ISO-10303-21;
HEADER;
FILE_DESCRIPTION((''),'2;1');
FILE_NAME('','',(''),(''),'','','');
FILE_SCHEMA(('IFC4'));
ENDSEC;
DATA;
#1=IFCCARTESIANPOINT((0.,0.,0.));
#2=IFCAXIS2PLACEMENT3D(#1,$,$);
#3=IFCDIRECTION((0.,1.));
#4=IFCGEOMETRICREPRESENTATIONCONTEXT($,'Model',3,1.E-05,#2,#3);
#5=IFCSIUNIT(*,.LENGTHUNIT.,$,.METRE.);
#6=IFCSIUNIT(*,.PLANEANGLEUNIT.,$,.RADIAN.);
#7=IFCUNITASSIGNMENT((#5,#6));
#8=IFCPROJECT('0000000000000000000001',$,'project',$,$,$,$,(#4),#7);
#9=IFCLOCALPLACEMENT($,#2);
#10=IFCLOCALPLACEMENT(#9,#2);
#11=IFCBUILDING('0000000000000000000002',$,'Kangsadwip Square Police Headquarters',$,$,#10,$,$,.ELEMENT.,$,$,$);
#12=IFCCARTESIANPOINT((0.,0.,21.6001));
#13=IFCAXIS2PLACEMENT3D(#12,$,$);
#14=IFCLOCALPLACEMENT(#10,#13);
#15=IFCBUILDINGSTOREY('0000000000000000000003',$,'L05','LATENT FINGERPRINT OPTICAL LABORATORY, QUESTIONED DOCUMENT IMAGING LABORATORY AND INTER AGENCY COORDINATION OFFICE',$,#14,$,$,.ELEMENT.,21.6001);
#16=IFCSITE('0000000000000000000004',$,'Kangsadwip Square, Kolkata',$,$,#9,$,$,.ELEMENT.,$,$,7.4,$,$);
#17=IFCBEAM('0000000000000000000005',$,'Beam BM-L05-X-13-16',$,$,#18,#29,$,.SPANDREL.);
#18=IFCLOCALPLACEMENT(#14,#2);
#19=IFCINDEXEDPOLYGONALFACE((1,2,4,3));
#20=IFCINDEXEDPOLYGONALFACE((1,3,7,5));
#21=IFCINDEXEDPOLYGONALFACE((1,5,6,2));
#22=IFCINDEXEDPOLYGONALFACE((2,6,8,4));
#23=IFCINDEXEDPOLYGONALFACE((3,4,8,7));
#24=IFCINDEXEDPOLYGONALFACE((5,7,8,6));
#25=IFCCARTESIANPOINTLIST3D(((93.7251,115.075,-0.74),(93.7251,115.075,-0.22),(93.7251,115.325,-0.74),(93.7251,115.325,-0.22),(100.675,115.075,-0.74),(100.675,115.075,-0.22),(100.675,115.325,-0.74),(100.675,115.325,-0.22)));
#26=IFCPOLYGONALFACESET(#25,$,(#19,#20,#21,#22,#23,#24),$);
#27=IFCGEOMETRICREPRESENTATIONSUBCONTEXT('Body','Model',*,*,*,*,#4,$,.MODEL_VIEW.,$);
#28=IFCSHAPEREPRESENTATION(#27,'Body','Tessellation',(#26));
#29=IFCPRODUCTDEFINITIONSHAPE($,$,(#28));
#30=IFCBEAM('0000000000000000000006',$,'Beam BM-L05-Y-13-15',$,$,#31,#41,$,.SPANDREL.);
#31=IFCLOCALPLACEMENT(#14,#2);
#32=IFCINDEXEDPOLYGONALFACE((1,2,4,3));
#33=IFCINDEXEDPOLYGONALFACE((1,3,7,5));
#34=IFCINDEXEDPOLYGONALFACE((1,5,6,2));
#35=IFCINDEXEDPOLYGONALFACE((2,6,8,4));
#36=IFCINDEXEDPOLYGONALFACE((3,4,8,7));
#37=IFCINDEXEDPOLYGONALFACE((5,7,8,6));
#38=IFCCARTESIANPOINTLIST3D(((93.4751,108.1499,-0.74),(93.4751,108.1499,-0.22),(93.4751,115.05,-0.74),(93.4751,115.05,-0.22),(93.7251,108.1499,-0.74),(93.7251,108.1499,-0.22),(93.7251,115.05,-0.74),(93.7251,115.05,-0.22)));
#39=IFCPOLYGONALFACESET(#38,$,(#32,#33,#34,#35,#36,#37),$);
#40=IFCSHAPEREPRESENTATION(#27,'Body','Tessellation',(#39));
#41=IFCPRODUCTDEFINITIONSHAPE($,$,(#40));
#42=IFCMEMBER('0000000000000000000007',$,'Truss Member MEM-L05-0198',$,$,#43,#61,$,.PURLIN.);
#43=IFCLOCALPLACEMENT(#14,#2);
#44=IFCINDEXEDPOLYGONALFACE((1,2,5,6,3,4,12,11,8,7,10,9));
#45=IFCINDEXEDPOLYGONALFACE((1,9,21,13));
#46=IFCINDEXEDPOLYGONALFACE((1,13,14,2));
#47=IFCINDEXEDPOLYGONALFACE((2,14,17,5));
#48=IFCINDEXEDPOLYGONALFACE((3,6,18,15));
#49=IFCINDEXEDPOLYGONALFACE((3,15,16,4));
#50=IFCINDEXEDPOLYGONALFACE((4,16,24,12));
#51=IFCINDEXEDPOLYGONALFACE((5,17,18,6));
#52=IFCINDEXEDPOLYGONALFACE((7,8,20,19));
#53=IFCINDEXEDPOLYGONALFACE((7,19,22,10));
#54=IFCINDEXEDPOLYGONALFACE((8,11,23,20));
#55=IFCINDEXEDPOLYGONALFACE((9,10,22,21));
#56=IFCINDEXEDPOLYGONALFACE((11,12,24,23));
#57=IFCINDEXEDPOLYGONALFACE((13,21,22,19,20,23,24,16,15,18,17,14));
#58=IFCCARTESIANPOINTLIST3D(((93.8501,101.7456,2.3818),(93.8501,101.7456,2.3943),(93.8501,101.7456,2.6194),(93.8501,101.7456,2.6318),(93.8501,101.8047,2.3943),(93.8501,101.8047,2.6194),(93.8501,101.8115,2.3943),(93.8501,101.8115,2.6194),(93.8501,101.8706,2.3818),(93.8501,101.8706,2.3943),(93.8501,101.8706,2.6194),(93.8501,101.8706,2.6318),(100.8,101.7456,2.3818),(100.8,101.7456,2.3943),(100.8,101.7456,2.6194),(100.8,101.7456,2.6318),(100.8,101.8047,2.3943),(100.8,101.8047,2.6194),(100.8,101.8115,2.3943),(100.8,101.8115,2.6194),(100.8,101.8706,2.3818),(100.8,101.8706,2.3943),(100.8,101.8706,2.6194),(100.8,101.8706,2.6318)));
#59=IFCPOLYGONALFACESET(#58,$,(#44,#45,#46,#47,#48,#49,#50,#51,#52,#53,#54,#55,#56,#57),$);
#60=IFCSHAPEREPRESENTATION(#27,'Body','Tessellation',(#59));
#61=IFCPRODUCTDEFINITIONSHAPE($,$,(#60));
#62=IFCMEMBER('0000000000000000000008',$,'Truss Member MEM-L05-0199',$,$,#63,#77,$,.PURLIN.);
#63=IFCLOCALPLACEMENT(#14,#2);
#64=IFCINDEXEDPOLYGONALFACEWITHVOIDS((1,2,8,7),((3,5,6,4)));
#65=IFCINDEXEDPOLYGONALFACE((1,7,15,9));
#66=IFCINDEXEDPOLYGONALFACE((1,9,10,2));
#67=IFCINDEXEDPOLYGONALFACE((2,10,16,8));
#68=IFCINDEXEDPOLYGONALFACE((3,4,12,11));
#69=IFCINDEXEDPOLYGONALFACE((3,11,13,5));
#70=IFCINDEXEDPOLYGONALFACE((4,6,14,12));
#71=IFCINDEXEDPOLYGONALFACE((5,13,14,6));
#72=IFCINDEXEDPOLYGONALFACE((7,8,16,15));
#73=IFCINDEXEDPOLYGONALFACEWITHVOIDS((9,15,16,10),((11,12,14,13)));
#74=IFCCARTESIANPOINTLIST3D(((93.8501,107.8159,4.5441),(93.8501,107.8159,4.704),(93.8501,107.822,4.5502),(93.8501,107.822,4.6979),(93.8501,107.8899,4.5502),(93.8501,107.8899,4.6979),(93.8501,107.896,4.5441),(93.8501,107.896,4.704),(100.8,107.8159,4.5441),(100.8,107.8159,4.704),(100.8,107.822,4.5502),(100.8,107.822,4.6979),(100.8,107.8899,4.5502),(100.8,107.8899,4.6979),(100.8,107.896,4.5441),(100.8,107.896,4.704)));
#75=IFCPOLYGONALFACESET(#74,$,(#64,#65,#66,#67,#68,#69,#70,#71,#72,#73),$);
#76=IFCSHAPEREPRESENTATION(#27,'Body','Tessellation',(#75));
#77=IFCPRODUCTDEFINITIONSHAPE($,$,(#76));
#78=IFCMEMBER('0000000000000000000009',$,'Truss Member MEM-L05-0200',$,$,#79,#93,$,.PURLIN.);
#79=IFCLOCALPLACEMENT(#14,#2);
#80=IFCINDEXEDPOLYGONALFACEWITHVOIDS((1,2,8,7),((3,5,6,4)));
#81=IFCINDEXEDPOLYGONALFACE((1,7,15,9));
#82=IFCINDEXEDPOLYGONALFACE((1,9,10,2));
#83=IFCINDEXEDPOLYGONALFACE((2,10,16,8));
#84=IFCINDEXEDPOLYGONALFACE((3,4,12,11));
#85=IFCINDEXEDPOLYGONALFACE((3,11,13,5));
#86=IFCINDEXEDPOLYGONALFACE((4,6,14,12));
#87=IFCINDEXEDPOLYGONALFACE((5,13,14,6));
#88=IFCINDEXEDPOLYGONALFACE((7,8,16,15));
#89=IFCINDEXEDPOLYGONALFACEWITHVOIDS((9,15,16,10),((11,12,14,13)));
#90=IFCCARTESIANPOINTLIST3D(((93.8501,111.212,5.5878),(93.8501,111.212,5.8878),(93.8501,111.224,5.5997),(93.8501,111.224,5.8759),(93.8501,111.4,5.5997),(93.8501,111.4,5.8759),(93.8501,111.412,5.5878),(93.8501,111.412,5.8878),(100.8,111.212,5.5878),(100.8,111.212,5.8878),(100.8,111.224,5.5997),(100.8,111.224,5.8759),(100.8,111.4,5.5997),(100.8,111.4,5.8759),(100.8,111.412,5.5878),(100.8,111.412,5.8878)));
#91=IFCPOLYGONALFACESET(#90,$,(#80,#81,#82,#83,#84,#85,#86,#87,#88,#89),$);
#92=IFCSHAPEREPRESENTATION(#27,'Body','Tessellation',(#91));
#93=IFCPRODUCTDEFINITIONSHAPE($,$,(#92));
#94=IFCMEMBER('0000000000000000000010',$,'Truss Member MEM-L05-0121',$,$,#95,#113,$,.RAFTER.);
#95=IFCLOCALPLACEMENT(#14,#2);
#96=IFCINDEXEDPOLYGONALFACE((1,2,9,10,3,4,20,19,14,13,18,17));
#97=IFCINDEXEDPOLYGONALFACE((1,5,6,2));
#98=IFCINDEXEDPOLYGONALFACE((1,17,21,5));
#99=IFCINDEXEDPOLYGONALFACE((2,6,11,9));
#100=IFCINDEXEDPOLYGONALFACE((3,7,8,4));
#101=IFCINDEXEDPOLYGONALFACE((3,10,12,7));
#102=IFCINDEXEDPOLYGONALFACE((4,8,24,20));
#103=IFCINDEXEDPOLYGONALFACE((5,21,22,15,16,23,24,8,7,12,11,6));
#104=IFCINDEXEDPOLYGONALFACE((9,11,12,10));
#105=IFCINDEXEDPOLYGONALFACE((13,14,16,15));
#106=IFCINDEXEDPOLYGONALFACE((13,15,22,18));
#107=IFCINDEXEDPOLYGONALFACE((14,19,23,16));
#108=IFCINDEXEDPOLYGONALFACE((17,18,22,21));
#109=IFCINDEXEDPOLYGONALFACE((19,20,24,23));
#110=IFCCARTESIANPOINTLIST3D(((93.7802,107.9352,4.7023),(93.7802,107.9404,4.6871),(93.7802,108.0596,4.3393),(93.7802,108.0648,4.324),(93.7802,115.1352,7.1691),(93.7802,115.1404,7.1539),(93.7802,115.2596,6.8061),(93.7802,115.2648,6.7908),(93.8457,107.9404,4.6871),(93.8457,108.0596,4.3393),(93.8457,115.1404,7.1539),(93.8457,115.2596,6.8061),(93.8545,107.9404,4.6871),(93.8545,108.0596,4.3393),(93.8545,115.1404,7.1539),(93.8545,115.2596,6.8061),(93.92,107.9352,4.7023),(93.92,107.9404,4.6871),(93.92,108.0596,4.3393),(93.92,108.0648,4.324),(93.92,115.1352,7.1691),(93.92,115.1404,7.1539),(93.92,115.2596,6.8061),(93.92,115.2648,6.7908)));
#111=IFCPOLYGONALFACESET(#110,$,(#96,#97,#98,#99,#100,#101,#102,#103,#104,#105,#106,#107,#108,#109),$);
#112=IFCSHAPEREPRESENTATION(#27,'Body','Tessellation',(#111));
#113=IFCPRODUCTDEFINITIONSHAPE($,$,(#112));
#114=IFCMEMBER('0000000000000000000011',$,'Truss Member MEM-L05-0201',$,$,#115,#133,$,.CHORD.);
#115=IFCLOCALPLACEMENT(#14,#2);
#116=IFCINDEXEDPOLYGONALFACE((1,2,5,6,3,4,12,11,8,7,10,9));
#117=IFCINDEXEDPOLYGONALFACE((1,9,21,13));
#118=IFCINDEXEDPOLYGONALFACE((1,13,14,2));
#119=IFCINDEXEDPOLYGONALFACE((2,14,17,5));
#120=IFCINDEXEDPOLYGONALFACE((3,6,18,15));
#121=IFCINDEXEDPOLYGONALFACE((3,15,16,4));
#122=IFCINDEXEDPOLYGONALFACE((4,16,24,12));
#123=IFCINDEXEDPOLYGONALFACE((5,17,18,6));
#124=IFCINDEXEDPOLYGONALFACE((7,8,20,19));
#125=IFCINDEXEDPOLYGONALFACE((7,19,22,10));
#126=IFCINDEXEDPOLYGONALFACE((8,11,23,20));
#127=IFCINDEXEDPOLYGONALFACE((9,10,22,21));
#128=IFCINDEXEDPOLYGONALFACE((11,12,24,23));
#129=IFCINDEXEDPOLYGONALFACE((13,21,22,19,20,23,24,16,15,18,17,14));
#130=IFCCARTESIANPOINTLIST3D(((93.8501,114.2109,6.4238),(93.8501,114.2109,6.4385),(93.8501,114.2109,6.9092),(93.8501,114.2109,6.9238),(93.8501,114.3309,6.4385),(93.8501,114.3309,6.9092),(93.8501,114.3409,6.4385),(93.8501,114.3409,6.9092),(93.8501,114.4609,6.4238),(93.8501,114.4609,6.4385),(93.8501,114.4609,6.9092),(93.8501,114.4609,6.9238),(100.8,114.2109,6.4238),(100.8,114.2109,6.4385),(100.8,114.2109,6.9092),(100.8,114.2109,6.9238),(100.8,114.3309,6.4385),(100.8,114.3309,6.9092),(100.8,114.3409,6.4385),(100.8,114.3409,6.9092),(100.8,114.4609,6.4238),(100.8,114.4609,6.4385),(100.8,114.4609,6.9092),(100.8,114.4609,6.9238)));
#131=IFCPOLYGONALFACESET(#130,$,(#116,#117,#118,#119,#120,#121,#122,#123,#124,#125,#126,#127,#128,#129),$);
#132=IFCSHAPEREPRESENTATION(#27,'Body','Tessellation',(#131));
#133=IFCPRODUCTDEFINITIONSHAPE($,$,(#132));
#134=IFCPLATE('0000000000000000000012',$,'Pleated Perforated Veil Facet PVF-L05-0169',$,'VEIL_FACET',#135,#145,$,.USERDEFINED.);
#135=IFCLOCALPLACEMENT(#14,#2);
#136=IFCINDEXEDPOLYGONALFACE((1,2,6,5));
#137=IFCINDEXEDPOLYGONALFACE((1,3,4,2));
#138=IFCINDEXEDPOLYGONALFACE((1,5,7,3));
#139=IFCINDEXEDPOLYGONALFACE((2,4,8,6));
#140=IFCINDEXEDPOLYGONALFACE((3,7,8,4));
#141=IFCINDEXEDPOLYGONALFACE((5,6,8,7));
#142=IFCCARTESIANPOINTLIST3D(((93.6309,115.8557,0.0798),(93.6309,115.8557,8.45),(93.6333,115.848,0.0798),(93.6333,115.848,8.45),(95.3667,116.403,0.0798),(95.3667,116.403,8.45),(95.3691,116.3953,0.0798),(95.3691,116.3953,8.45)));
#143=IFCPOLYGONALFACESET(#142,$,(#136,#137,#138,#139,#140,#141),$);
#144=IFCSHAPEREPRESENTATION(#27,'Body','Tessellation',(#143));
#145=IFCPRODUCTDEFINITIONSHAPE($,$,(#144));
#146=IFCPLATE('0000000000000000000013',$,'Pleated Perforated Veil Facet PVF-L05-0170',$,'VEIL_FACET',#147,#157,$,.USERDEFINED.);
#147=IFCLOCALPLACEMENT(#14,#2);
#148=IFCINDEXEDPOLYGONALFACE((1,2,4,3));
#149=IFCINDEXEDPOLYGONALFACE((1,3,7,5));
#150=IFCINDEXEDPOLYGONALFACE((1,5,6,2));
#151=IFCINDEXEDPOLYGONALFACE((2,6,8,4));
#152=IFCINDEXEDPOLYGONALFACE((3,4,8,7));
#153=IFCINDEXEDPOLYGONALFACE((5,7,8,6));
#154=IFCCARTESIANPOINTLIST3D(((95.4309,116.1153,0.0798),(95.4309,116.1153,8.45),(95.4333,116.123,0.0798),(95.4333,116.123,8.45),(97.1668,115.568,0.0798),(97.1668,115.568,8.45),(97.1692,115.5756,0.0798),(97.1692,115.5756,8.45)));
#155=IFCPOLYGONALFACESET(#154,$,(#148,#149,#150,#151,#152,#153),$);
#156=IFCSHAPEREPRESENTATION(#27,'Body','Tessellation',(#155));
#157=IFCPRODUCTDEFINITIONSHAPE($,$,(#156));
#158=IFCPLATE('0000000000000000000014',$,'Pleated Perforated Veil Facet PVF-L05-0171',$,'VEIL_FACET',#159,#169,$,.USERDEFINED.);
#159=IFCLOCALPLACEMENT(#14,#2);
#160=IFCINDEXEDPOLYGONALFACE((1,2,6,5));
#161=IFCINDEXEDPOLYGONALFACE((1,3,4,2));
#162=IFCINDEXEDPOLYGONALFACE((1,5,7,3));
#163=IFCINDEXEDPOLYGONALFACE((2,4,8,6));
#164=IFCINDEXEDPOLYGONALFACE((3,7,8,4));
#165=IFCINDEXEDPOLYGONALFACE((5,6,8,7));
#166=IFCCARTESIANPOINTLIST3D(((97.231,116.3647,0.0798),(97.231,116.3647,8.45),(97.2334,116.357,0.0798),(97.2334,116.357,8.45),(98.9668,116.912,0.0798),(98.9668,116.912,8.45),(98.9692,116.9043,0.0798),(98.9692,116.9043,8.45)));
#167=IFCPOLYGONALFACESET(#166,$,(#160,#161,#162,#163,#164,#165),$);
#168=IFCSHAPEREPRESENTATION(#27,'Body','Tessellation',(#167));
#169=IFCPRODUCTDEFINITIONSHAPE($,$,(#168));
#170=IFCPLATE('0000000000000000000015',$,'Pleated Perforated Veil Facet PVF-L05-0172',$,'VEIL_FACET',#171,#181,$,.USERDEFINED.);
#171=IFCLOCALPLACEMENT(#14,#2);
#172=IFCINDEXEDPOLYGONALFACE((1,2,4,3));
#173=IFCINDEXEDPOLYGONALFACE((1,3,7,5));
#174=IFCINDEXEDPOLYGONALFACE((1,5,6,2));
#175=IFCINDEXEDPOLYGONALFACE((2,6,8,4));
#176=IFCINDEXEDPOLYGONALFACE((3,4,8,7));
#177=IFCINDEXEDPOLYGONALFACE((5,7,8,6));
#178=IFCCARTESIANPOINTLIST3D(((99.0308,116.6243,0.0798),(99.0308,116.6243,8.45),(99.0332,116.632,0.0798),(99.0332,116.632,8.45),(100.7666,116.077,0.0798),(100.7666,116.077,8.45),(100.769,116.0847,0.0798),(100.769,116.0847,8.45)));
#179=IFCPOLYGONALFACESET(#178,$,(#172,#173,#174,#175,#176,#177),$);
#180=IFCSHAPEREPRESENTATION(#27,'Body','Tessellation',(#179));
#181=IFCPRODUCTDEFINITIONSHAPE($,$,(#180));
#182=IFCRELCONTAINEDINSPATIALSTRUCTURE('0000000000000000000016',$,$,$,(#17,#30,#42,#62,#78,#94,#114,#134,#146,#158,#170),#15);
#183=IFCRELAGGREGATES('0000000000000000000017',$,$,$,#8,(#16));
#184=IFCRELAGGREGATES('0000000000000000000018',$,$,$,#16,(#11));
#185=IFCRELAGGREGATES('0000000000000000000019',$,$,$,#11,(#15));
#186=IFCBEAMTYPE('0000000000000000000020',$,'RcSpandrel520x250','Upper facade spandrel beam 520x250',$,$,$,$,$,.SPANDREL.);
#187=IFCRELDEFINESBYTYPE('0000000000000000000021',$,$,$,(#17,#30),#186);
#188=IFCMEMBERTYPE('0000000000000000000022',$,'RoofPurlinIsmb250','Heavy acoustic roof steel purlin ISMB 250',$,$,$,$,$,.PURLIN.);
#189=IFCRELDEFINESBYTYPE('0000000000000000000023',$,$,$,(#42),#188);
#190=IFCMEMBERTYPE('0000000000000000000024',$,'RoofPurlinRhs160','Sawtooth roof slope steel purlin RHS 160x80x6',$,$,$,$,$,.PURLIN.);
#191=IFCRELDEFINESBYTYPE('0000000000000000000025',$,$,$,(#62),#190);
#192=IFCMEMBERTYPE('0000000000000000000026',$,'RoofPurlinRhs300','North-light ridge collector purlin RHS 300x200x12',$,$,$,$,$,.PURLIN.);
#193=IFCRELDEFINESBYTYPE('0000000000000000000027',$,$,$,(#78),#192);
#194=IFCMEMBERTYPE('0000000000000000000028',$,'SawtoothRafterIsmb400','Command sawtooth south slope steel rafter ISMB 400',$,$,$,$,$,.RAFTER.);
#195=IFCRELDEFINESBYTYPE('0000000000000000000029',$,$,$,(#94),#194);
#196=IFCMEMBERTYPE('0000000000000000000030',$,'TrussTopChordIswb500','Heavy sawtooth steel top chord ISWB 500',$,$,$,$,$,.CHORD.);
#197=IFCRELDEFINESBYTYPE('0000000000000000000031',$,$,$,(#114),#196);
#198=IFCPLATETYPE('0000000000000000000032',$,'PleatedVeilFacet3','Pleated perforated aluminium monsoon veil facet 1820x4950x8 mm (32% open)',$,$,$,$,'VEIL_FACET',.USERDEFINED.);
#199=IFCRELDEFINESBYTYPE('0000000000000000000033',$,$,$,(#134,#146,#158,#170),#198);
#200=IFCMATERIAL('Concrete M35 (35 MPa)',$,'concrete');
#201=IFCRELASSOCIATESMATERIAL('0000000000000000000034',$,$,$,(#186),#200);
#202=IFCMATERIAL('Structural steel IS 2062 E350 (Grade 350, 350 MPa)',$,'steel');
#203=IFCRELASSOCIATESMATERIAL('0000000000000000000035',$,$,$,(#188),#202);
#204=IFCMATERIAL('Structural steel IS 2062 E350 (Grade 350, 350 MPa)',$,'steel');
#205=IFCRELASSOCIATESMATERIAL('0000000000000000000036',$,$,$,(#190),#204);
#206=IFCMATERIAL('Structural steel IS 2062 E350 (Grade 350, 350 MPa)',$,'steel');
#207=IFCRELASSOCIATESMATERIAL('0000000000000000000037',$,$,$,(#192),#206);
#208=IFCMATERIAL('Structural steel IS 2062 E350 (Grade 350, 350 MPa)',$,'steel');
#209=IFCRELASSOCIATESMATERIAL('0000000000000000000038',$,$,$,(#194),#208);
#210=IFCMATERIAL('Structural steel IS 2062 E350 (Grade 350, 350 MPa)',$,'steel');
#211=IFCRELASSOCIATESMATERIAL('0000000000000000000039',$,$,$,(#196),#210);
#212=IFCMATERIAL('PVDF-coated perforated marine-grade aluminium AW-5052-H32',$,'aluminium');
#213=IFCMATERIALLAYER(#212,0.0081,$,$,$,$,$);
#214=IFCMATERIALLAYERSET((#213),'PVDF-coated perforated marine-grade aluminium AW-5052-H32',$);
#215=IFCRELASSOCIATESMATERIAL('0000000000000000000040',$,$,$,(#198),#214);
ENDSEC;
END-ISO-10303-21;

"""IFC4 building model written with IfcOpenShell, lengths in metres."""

from ifc_helpers import new_model, si_unit, direction, frame, origin, origin_2d, place, context, subcontext, project, spatial, rectangle, hollow_rectangle, i_section, extrude, material, layer, layer_set, material_profile, profile_set, type_object, element, save


model = new_model("IFC4")

# Units and contexts
model_context = context("Model", 3, precision=1e-05, world=origin(), true_north=direction((0.0, 1.0)))
body_context = subcontext(model_context, "Body", "Model", "MODEL_VIEW")
ifc_project = project(units=[si_unit("LENGTHUNIT", "METRE"), si_unit("PLANEANGLEUNIT", "RADIAN")], contexts=[model_context])

# Site, building, storey
site_placement = place(None, origin())
site = spatial("IfcSite", under=ifc_project, at=site_placement, Name="Kangsadwip Square, Kolkata", CompositionType="ELEMENT", RefElevation=7.4)
building_placement = place(site_placement, origin())
building = spatial("IfcBuilding", under=site, at=building_placement, Name="Kangsadwip Square Police Headquarters", CompositionType="ELEMENT")
storey_placement = place(building_placement, frame((0.0, 0.0, 21.6001)))
storey = spatial("IfcBuildingStorey", under=building, at=storey_placement, Name="L05", Description="LATENT FINGERPRINT OPTICAL LABORATORY, QUESTIONED DOCUMENT IMAGING LABORATORY AND INTER AGENCY COORDINATION OFFICE", CompositionType="ELEMENT", Elevation=21.6001)

# Beams
ifc_material_1 = material(Name="Concrete M35 (35 MPa)", Category="concrete")
ifc_material_profile_1 = material_profile(ifc_material_1, rectangle(XDim=0.25, YDim=0.52, at=origin_2d()), Name="RC SPN 520X250")
ifc_profile_set_1 = profile_set([ifc_material_profile_1], Name="Concrete M35 (35 MPa)")
beam_type = type_object("IfcBeamType", Name="RcSpandrel520x250", Description="Upper facade spandrel beam 520x250", PredefinedType="SPANDREL", material=ifc_profile_set_1)
beam_1_placement = place(storey_placement, frame((93.7251, 115.2, -0.48), z_axis=(1.0, 0.0, 0.0), x_axis=(0.0, 1.0, 0.0)))
element("IfcBeam", 1, at=beam_1_placement, inside=storey, type_object=beam_type, Name="Beam BM-L05-X-13-16", PredefinedType="SPANDREL", context=body_context, shape_type="SweptSolid", body=[
    extrude(rectangle(XDim=0.25, YDim=0.52, at=origin_2d()), origin(), (0.0, 0.0, 1.0), 6.95),
])
beam_2_placement = place(storey_placement, frame((93.6001, 108.1499, -0.48), z_axis=(0.0, 1.0, 0.0), x_axis=(-1.0, 0.0, 0.0)))
element("IfcBeam", 2, at=beam_2_placement, inside=storey, type_object=beam_type, Name="Beam BM-L05-Y-13-15", PredefinedType="SPANDREL", context=body_context, shape_type="SweptSolid", body=[
    extrude(rectangle(XDim=0.25, YDim=0.52, at=origin_2d()), origin(), (0.0, 0.0, 1.0), 6.9001),
])

# Members
ifc_material_2 = material(Name="Structural steel IS 2062 E350 (Grade 350, 350 MPa)", Category="steel")
ifc_material_profile_2 = material_profile(ifc_material_2, i_section(OverallWidth=0.125, OverallDepth=0.25, WebThickness=0.0068, FlangeThickness=0.0125, at=origin_2d()), Name="ISMB 250")
ifc_profile_set_2 = profile_set([ifc_material_profile_2], Name="Structural steel IS 2062 E350 (Grade 350, 350 MPa)")
member_type_1 = type_object("IfcMemberType", Name="RoofPurlinIsmb250", Description="Heavy acoustic roof steel purlin ISMB 250", PredefinedType="PURLIN", material=ifc_profile_set_2)
member_1_placement = place(storey_placement, frame((93.8501, 101.8081, 2.5068), z_axis=(1.0, 0.0, 0.0), x_axis=(0.0, 1.0, 0.0)))
element("IfcMember", 3, at=member_1_placement, inside=storey, type_object=member_type_1, Name="Truss Member MEM-L05-0198", PredefinedType="PURLIN", context=body_context, shape_type="SweptSolid", body=[
    extrude(i_section(OverallWidth=0.125, OverallDepth=0.25, WebThickness=0.0068, FlangeThickness=0.0125, at=origin_2d()), origin(), (0.0, 0.0, 1.0), 6.95),
])
ifc_material_3 = material(Name="Structural steel IS 2062 E350 (Grade 350, 350 MPa)", Category="steel")
ifc_material_profile_3 = material_profile(ifc_material_3, hollow_rectangle(XDim=0.0801, YDim=0.1599, WallThickness=0.0061, at=origin_2d()), Name="RHS 160X80X6")
ifc_profile_set_3 = profile_set([ifc_material_profile_3], Name="Structural steel IS 2062 E350 (Grade 350, 350 MPa)")
member_type_2 = type_object("IfcMemberType", Name="RoofPurlinRhs160", Description="Sawtooth roof slope steel purlin RHS 160x80x6", PredefinedType="PURLIN", material=ifc_profile_set_3)
member_2_placement = place(storey_placement, frame((93.8501, 107.856, 4.624), z_axis=(1.0, 0.0, 0.0), x_axis=(0.0, 1.0, 0.0)))
element("IfcMember", 4, at=member_2_placement, inside=storey, type_object=member_type_2, Name="Truss Member MEM-L05-0199", PredefinedType="PURLIN", context=body_context, shape_type="SweptSolid", body=[
    extrude(hollow_rectangle(XDim=0.0801, YDim=0.1599, WallThickness=0.0061, at=origin_2d()), origin(), (0.0, 0.0, 1.0), 6.95),
])
ifc_material_4 = material(Name="Structural steel IS 2062 E350 (Grade 350, 350 MPa)", Category="steel")
ifc_material_profile_4 = material_profile(ifc_material_4, hollow_rectangle(XDim=0.2, YDim=0.3, WallThickness=0.012, at=origin_2d()), Name="RHS 300X200X12")
ifc_profile_set_4 = profile_set([ifc_material_profile_4], Name="Structural steel IS 2062 E350 (Grade 350, 350 MPa)")
member_type_3 = type_object("IfcMemberType", Name="RoofPurlinRhs300", Description="North-light ridge collector purlin RHS 300x200x12", PredefinedType="PURLIN", material=ifc_profile_set_4)
member_3_placement = place(storey_placement, frame((93.8501, 111.312, 5.7378), z_axis=(1.0, 0.0, 0.0), x_axis=(0.0, 1.0, 0.0)))
element("IfcMember", 5, at=member_3_placement, inside=storey, type_object=member_type_3, Name="Truss Member MEM-L05-0200", PredefinedType="PURLIN", context=body_context, shape_type="SweptSolid", body=[
    extrude(hollow_rectangle(XDim=0.2, YDim=0.3, WallThickness=0.012, at=origin_2d()), origin(), (0.0, 0.0, 1.0), 6.95),
])
ifc_material_5 = material(Name="Structural steel IS 2062 E350 (Grade 350, 350 MPa)", Category="steel")
ifc_material_profile_5 = material_profile(ifc_material_5, i_section(OverallWidth=0.1399, OverallDepth=0.3999, WebThickness=0.0088, FlangeThickness=0.0161, at=origin_2d()), Name="ISMB 400")
ifc_profile_set_5 = profile_set([ifc_material_profile_5], Name="Structural steel IS 2062 E350 (Grade 350, 350 MPa)")
member_type_4 = type_object("IfcMemberType", Name="SawtoothRafterIsmb400", Description="Command sawtooth south slope steel rafter ISMB 400", PredefinedType="RAFTER", material=ifc_profile_set_5)
member_4_placement = place(storey_placement, frame((93.8501, 108.0, 4.5132), z_axis=(0.0, 0.946017, 0.324118), x_axis=(-1.0, 0.0, 0.0)))
element("IfcMember", 6, at=member_4_placement, inside=storey, type_object=member_type_4, Name="Truss Member MEM-L05-0121", PredefinedType="RAFTER", context=body_context, shape_type="SweptSolid", body=[
    extrude(i_section(OverallWidth=0.1399, OverallDepth=0.3999, WebThickness=0.0088, FlangeThickness=0.0161, at=origin_2d()), origin(), (0.0, 0.0, 1.0), 7.6108),
])
ifc_material_6 = material(Name="Structural steel IS 2062 E350 (Grade 350, 350 MPa)", Category="steel")
ifc_material_profile_6 = material_profile(ifc_material_6, i_section(OverallWidth=0.25, OverallDepth=0.5, WebThickness=0.01, FlangeThickness=0.0146, at=origin_2d()), Name="ISWB 500")
ifc_profile_set_6 = profile_set([ifc_material_profile_6], Name="Structural steel IS 2062 E350 (Grade 350, 350 MPa)")
member_type_5 = type_object("IfcMemberType", Name="TrussTopChordIswb500", Description="Heavy sawtooth steel top chord ISWB 500", PredefinedType="CHORD", material=ifc_profile_set_6)
member_5_placement = place(storey_placement, frame((93.8501, 114.3359, 6.6738), z_axis=(1.0, 0.0, 0.0), x_axis=(0.0, 1.0, 0.0)))
element("IfcMember", 7, at=member_5_placement, inside=storey, type_object=member_type_5, Name="Truss Member MEM-L05-0201", PredefinedType="CHORD", context=body_context, shape_type="SweptSolid", body=[
    extrude(i_section(OverallWidth=0.25, OverallDepth=0.5, WebThickness=0.01, FlangeThickness=0.0146, at=origin_2d()), origin(), (0.0, 0.0, 1.0), 6.95),
])

# Plates
ifc_material_7 = material(Name="PVDF-coated perforated marine-grade aluminium AW-5052-H32", Category="aluminium")
ifc_layer_1 = layer(ifc_material_7, 0.0081)
ifc_layer_set_1 = layer_set([ifc_layer_1], Name="PVDF-coated perforated marine-grade aluminium AW-5052-H32")
plate_type_1 = type_object("IfcPlateType", Name="PleatedVeilFacet3", Description="Pleated perforated aluminium monsoon veil facet 1820x4950x8 mm (32% open)", ElementType="VEIL_FACET", PredefinedType="USERDEFINED", material=ifc_layer_set_1)
for number, where, z_axis, x_axis, name in (
    (8, (94.5, 116.1255, 0.0798), (0.0, 0.0, 1.0), (0.953717, 0.300706, 0.0), "Pleated Perforated Veil Facet PVF-L05-0169"),
    (9, (96.3, 115.8455, 0.0798), (0.0, 0.0, 1.0), (0.953717, -0.300706, 0.0), "Pleated Perforated Veil Facet PVF-L05-0170"),
    (10, (98.1001, 116.6345, 0.0798), (0.0, 0.0, 1.0), (0.953717, 0.300706, 0.0), "Pleated Perforated Veil Facet PVF-L05-0171"),
    (11, (99.8999, 116.3545, 0.0798), (0.0, 0.0, 1.0), (0.953717, -0.300706, 0.0), "Pleated Perforated Veil Facet PVF-L05-0172"),
):
    element("IfcPlate", number, at=place(storey_placement, frame(where, z_axis=z_axis, x_axis=x_axis)), inside=storey, type_object=plate_type_1, Name=name, ObjectType="VEIL_FACET", PredefinedType="USERDEFINED", context=body_context, shape_type="SweptSolid", body=[
        extrude(rectangle(XDim=1.8201, YDim=0.0081, at=origin_2d()), origin(), (0.0, 0.0, 1.0), 8.3701),
    ])

save(model, "model.ifc")
